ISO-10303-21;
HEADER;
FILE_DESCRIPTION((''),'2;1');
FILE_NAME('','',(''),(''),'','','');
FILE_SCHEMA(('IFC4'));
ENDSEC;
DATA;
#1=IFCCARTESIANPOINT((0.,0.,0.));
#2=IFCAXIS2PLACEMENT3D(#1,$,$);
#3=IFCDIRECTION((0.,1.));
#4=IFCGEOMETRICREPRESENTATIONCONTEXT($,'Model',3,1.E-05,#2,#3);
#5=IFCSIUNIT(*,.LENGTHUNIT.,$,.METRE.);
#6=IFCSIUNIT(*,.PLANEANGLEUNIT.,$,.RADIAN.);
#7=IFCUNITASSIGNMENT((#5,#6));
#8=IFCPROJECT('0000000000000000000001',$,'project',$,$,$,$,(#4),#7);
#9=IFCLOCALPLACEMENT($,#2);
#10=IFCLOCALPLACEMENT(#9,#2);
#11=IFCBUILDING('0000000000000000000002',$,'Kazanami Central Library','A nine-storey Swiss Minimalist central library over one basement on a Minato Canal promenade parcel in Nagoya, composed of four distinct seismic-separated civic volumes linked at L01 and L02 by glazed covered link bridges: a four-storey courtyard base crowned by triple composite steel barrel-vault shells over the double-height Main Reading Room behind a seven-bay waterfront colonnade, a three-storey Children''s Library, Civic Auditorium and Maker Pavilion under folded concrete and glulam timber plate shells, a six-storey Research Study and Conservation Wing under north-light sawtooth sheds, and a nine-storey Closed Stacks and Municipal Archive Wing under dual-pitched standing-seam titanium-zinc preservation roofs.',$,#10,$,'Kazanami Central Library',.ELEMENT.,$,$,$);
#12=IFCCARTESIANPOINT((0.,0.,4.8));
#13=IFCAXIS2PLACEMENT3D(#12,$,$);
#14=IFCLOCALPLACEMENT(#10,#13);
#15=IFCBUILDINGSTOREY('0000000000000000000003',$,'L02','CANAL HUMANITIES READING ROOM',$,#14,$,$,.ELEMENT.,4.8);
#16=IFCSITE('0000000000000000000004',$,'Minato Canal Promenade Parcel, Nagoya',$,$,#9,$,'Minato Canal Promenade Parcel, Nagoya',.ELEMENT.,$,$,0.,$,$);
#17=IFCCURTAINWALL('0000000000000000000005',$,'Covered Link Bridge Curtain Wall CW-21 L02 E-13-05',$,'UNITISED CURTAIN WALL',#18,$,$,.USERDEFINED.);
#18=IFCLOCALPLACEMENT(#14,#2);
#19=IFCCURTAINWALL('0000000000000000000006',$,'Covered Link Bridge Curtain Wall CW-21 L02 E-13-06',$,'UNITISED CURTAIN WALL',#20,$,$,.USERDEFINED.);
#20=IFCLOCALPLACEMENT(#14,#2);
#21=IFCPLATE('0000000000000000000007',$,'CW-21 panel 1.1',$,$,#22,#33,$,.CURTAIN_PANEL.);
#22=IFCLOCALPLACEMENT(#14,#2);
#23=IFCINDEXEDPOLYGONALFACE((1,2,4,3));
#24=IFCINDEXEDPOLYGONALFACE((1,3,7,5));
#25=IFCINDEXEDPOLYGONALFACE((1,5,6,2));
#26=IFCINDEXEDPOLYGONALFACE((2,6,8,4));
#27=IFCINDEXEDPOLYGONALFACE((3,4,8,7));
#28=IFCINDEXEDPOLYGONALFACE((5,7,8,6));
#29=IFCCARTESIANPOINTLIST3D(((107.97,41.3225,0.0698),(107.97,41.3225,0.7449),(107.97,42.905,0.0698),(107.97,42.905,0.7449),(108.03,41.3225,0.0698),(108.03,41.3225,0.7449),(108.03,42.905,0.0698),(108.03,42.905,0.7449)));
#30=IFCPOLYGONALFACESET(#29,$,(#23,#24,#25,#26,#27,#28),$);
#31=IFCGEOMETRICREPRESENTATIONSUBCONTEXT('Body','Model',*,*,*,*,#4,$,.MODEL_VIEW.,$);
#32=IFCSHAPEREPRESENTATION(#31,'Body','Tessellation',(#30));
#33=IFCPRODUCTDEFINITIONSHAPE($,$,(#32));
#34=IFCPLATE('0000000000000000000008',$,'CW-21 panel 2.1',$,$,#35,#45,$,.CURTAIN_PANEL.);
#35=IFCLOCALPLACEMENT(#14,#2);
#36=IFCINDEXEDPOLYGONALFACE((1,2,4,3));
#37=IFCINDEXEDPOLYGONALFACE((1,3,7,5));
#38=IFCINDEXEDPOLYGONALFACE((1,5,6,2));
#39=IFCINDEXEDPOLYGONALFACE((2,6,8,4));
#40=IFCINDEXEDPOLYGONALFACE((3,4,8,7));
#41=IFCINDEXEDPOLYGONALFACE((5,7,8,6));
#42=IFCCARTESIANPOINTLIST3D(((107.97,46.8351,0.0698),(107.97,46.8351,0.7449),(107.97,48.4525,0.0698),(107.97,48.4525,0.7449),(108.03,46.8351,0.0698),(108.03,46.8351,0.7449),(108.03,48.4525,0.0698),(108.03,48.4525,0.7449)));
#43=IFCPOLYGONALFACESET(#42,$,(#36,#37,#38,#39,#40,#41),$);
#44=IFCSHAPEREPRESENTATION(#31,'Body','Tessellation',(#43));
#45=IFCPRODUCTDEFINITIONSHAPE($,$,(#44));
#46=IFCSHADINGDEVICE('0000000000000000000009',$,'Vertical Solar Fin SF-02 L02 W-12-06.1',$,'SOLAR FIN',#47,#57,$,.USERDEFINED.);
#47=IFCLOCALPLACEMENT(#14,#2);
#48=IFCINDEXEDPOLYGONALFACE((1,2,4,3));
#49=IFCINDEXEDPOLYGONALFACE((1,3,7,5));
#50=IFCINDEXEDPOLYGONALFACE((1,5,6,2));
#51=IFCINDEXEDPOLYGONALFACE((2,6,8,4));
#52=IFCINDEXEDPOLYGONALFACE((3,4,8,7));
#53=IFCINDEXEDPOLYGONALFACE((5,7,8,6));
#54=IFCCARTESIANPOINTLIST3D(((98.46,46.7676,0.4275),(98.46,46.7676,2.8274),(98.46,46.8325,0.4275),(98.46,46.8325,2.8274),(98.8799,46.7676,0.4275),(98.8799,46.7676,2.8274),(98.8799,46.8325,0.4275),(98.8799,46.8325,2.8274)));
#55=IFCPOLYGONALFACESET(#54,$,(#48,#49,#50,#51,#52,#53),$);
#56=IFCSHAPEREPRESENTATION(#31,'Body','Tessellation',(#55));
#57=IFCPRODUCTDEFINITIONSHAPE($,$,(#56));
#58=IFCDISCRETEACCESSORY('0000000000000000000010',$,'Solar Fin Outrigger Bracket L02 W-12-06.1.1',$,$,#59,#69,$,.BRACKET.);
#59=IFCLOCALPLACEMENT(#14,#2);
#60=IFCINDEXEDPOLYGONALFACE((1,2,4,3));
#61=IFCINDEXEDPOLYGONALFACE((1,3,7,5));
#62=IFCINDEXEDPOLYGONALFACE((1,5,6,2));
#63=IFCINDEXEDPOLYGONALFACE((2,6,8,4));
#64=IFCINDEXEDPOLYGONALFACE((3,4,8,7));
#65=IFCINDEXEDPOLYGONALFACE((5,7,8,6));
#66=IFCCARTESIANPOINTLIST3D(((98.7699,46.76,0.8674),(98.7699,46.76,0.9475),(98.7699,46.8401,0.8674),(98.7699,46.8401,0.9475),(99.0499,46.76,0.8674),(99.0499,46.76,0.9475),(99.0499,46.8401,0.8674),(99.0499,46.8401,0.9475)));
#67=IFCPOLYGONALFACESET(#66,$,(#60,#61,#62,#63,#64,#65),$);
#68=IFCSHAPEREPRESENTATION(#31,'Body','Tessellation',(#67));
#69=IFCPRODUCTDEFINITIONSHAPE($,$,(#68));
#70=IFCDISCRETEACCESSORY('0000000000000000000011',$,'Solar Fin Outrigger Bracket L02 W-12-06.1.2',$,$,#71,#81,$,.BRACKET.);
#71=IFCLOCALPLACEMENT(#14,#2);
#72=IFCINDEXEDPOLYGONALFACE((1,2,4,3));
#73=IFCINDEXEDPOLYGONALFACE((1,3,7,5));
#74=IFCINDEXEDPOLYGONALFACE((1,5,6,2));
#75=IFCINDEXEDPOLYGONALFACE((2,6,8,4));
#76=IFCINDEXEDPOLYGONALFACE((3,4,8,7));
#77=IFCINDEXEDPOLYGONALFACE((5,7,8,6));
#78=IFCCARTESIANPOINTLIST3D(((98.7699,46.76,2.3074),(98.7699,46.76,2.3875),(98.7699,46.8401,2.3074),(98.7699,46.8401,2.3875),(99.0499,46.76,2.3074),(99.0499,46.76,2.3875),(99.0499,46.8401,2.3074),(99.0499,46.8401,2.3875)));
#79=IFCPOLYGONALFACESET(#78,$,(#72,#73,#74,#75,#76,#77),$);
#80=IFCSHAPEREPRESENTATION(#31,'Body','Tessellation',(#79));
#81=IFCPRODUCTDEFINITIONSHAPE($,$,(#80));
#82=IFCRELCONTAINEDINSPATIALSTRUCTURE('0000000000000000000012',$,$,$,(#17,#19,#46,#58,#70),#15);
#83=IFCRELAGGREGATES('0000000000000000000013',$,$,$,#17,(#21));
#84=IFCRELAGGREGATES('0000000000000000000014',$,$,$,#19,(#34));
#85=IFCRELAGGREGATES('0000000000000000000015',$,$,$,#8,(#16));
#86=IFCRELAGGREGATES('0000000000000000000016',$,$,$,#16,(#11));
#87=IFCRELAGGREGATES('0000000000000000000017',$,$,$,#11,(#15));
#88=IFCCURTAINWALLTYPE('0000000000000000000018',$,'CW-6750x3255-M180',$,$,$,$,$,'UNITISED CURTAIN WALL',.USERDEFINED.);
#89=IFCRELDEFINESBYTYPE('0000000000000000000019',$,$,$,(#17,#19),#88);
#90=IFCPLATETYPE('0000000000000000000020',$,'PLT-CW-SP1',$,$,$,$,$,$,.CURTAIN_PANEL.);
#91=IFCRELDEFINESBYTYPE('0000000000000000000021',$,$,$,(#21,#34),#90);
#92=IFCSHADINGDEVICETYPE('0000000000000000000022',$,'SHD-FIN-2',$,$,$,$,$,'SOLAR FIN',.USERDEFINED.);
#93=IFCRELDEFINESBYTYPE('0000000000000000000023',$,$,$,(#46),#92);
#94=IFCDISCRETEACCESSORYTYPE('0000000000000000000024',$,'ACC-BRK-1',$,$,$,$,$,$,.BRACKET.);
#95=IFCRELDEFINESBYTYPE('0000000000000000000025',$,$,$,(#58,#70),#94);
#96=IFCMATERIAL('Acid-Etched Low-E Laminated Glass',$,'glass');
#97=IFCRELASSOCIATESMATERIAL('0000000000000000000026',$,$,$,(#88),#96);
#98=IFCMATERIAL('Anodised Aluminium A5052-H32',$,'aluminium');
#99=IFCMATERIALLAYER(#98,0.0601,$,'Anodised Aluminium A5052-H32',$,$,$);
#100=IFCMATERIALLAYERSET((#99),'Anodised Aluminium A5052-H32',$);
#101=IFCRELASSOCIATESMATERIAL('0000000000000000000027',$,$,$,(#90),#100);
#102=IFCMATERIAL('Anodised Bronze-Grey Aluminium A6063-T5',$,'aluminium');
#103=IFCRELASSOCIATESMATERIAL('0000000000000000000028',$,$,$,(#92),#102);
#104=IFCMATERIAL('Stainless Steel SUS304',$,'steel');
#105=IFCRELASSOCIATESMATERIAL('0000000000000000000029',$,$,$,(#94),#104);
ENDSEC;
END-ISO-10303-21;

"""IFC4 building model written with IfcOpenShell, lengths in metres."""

from ifc_helpers import new_model, si_unit, direction, frame, origin, origin_2d, place, context, subcontext, project, spatial, rectangle, extrude, material, layer, layer_set, type_object, element, aggregate, save


model = new_model("IFC4")

# Units and contexts
model_context = context("Model", 3, precision=1e-05, world=origin(), true_north=direction((0.0, 1.0)))
body_context = subcontext(model_context, "Body", "Model", "MODEL_VIEW")
ifc_project = project(units=[si_unit("LENGTHUNIT", "METRE"), si_unit("PLANEANGLEUNIT", "RADIAN")], contexts=[model_context])

# Site, building, storey
site_placement = place(None, origin())
site = spatial("IfcSite", under=ifc_project, at=site_placement, Name="Minato Canal Promenade Parcel, Nagoya", LongName="Minato Canal Promenade Parcel, Nagoya", CompositionType="ELEMENT", RefElevation=0.0)
building_placement = place(site_placement, origin())
building = spatial("IfcBuilding", under=site, at=building_placement, Name="Kazanami Central Library", Description="A nine-storey Swiss Minimalist central library over one basement on a Minato Canal promenade parcel in Nagoya, composed of four distinct seismic-separated civic volumes linked at L01 and L02 by glazed covered link bridges: a four-storey courtyard base crowned by triple composite steel barrel-vault shells over the double-height Main Reading Room behind a seven-bay waterfront colonnade, a three-storey Children's Library, Civic Auditorium and Maker Pavilion under folded concrete and glulam timber plate shells, a six-storey Research Study and Conservation Wing under north-light sawtooth sheds, and a nine-storey Closed Stacks and Municipal Archive Wing under dual-pitched standing-seam titanium-zinc preservation roofs.", LongName="Kazanami Central Library", CompositionType="ELEMENT")
storey_placement = place(building_placement, frame((0.0, 0.0, 4.8)))
storey = spatial("IfcBuildingStorey", under=building, at=storey_placement, Name="L02", Description="CANAL HUMANITIES READING ROOM", CompositionType="ELEMENT", Elevation=4.8)

# Curtain walls
ifc_material_1 = material(Name="Acid-Etched Low-E Laminated Glass", Category="glass")
curtain_wall_type_1 = type_object("IfcCurtainWallType", Name="CW-6750x3255-M180", ElementType="UNITISED CURTAIN WALL", PredefinedType="USERDEFINED", material=ifc_material_1)
curtain_wall_1_placement = place(storey_placement, origin())
curtain_wall_1 = element("IfcCurtainWall", 1, at=curtain_wall_1_placement, inside=storey, type_object=curtain_wall_type_1, Name="Covered Link Bridge Curtain Wall CW-21 L02 E-13-05", ObjectType="UNITISED CURTAIN WALL", PredefinedType="USERDEFINED")
curtain_wall_2_placement = place(storey_placement, origin())
curtain_wall_2 = element("IfcCurtainWall", 2, at=curtain_wall_2_placement, inside=storey, type_object=curtain_wall_type_1, Name="Covered Link Bridge Curtain Wall CW-21 L02 E-13-06", ObjectType="UNITISED CURTAIN WALL", PredefinedType="USERDEFINED")

# Plates
ifc_material_2 = material(Name="Anodised Aluminium A5052-H32", Category="aluminium")
ifc_layer_1 = layer(ifc_material_2, 0.0601, Name="Anodised Aluminium A5052-H32")
ifc_layer_set_1 = layer_set([ifc_layer_1], Name="Anodised Aluminium A5052-H32")
plate_type_1 = type_object("IfcPlateType", Name="PLT-CW-SP1", PredefinedType="CURTAIN_PANEL", material=ifc_layer_set_1)
plate_1_placement = place(storey_placement, frame((108.0, 42.1138, 0.0698), z_axis=(0.0, 0.0, 1.0), x_axis=(0.0, -1.0, 0.0)))
plate_1 = element("IfcPlate", 3, at=plate_1_placement, type_object=plate_type_1, Name="CW-21 panel 1.1", PredefinedType="CURTAIN_PANEL", context=body_context, shape_type="SweptSolid", body=[
    extrude(rectangle(XDim=1.5825, YDim=0.0601, at=origin_2d()), origin(), (0.0, 0.0, 1.0), 0.675),
])
aggregate(curtain_wall_1, [plate_1])
plate_2_placement = place(storey_placement, frame((108.0, 47.6438, 0.0698), z_axis=(0.0, 0.0, 1.0), x_axis=(0.0, -1.0, 0.0)))
plate_2 = element("IfcPlate", 4, at=plate_2_placement, type_object=plate_type_1, Name="CW-21 panel 2.1", PredefinedType="CURTAIN_PANEL", context=body_context, shape_type="SweptSolid", body=[
    extrude(rectangle(XDim=1.6174, YDim=0.0601, at=origin_2d()), origin(), (0.0, 0.0, 1.0), 0.675),
])
aggregate(curtain_wall_2, [plate_2])

# Shading device
ifc_material_3 = material(Name="Anodised Bronze-Grey Aluminium A6063-T5", Category="aluminium")
shading_device_type = type_object("IfcShadingDeviceType", Name="SHD-FIN-2", ElementType="SOLAR FIN", PredefinedType="USERDEFINED", material=ifc_material_3)
shading_device_placement = place(storey_placement, frame((98.6699, 46.8, 0.4275), z_axis=(0.0, 0.0, 1.0), x_axis=(0.0, 1.0, 0.0)))
element("IfcShadingDevice", 5, at=shading_device_placement, inside=storey, type_object=shading_device_type, Name="Vertical Solar Fin SF-02 L02 W-12-06.1", ObjectType="SOLAR FIN", PredefinedType="USERDEFINED", context=body_context, shape_type="SweptSolid", body=[
    extrude(rectangle(XDim=0.0649, YDim=0.4199, at=origin_2d()), origin(), (0.0, 0.0, 1.0), 2.3999),
])

# Discrete accessories
ifc_material_4 = material(Name="Stainless Steel SUS304", Category="steel")
discrete_accessory_type = type_object("IfcDiscreteAccessoryType", Name="ACC-BRK-1", PredefinedType="BRACKET", material=ifc_material_4)
for number, where, z_axis, x_axis, name in (
    (6, (98.9099, 46.8, 0.8674), (0.0, 0.0, 1.0), (0.0, 1.0, 0.0), "Solar Fin Outrigger Bracket L02 W-12-06.1.1"),
    (7, (98.9099, 46.8, 2.3074), (0.0, 0.0, 1.0), (0.0, 1.0, 0.0), "Solar Fin Outrigger Bracket L02 W-12-06.1.2"),
):
    element("IfcDiscreteAccessory", number, at=place(storey_placement, frame(where, z_axis=z_axis, x_axis=x_axis)), inside=storey, type_object=discrete_accessory_type, Name=name, PredefinedType="BRACKET", context=body_context, shape_type="SweptSolid", body=[
        extrude(rectangle(XDim=0.0801, YDim=0.28, at=origin_2d()), origin(), (0.0, 0.0, 1.0), 0.0801),
    ])

save(model, "model.ifc")
